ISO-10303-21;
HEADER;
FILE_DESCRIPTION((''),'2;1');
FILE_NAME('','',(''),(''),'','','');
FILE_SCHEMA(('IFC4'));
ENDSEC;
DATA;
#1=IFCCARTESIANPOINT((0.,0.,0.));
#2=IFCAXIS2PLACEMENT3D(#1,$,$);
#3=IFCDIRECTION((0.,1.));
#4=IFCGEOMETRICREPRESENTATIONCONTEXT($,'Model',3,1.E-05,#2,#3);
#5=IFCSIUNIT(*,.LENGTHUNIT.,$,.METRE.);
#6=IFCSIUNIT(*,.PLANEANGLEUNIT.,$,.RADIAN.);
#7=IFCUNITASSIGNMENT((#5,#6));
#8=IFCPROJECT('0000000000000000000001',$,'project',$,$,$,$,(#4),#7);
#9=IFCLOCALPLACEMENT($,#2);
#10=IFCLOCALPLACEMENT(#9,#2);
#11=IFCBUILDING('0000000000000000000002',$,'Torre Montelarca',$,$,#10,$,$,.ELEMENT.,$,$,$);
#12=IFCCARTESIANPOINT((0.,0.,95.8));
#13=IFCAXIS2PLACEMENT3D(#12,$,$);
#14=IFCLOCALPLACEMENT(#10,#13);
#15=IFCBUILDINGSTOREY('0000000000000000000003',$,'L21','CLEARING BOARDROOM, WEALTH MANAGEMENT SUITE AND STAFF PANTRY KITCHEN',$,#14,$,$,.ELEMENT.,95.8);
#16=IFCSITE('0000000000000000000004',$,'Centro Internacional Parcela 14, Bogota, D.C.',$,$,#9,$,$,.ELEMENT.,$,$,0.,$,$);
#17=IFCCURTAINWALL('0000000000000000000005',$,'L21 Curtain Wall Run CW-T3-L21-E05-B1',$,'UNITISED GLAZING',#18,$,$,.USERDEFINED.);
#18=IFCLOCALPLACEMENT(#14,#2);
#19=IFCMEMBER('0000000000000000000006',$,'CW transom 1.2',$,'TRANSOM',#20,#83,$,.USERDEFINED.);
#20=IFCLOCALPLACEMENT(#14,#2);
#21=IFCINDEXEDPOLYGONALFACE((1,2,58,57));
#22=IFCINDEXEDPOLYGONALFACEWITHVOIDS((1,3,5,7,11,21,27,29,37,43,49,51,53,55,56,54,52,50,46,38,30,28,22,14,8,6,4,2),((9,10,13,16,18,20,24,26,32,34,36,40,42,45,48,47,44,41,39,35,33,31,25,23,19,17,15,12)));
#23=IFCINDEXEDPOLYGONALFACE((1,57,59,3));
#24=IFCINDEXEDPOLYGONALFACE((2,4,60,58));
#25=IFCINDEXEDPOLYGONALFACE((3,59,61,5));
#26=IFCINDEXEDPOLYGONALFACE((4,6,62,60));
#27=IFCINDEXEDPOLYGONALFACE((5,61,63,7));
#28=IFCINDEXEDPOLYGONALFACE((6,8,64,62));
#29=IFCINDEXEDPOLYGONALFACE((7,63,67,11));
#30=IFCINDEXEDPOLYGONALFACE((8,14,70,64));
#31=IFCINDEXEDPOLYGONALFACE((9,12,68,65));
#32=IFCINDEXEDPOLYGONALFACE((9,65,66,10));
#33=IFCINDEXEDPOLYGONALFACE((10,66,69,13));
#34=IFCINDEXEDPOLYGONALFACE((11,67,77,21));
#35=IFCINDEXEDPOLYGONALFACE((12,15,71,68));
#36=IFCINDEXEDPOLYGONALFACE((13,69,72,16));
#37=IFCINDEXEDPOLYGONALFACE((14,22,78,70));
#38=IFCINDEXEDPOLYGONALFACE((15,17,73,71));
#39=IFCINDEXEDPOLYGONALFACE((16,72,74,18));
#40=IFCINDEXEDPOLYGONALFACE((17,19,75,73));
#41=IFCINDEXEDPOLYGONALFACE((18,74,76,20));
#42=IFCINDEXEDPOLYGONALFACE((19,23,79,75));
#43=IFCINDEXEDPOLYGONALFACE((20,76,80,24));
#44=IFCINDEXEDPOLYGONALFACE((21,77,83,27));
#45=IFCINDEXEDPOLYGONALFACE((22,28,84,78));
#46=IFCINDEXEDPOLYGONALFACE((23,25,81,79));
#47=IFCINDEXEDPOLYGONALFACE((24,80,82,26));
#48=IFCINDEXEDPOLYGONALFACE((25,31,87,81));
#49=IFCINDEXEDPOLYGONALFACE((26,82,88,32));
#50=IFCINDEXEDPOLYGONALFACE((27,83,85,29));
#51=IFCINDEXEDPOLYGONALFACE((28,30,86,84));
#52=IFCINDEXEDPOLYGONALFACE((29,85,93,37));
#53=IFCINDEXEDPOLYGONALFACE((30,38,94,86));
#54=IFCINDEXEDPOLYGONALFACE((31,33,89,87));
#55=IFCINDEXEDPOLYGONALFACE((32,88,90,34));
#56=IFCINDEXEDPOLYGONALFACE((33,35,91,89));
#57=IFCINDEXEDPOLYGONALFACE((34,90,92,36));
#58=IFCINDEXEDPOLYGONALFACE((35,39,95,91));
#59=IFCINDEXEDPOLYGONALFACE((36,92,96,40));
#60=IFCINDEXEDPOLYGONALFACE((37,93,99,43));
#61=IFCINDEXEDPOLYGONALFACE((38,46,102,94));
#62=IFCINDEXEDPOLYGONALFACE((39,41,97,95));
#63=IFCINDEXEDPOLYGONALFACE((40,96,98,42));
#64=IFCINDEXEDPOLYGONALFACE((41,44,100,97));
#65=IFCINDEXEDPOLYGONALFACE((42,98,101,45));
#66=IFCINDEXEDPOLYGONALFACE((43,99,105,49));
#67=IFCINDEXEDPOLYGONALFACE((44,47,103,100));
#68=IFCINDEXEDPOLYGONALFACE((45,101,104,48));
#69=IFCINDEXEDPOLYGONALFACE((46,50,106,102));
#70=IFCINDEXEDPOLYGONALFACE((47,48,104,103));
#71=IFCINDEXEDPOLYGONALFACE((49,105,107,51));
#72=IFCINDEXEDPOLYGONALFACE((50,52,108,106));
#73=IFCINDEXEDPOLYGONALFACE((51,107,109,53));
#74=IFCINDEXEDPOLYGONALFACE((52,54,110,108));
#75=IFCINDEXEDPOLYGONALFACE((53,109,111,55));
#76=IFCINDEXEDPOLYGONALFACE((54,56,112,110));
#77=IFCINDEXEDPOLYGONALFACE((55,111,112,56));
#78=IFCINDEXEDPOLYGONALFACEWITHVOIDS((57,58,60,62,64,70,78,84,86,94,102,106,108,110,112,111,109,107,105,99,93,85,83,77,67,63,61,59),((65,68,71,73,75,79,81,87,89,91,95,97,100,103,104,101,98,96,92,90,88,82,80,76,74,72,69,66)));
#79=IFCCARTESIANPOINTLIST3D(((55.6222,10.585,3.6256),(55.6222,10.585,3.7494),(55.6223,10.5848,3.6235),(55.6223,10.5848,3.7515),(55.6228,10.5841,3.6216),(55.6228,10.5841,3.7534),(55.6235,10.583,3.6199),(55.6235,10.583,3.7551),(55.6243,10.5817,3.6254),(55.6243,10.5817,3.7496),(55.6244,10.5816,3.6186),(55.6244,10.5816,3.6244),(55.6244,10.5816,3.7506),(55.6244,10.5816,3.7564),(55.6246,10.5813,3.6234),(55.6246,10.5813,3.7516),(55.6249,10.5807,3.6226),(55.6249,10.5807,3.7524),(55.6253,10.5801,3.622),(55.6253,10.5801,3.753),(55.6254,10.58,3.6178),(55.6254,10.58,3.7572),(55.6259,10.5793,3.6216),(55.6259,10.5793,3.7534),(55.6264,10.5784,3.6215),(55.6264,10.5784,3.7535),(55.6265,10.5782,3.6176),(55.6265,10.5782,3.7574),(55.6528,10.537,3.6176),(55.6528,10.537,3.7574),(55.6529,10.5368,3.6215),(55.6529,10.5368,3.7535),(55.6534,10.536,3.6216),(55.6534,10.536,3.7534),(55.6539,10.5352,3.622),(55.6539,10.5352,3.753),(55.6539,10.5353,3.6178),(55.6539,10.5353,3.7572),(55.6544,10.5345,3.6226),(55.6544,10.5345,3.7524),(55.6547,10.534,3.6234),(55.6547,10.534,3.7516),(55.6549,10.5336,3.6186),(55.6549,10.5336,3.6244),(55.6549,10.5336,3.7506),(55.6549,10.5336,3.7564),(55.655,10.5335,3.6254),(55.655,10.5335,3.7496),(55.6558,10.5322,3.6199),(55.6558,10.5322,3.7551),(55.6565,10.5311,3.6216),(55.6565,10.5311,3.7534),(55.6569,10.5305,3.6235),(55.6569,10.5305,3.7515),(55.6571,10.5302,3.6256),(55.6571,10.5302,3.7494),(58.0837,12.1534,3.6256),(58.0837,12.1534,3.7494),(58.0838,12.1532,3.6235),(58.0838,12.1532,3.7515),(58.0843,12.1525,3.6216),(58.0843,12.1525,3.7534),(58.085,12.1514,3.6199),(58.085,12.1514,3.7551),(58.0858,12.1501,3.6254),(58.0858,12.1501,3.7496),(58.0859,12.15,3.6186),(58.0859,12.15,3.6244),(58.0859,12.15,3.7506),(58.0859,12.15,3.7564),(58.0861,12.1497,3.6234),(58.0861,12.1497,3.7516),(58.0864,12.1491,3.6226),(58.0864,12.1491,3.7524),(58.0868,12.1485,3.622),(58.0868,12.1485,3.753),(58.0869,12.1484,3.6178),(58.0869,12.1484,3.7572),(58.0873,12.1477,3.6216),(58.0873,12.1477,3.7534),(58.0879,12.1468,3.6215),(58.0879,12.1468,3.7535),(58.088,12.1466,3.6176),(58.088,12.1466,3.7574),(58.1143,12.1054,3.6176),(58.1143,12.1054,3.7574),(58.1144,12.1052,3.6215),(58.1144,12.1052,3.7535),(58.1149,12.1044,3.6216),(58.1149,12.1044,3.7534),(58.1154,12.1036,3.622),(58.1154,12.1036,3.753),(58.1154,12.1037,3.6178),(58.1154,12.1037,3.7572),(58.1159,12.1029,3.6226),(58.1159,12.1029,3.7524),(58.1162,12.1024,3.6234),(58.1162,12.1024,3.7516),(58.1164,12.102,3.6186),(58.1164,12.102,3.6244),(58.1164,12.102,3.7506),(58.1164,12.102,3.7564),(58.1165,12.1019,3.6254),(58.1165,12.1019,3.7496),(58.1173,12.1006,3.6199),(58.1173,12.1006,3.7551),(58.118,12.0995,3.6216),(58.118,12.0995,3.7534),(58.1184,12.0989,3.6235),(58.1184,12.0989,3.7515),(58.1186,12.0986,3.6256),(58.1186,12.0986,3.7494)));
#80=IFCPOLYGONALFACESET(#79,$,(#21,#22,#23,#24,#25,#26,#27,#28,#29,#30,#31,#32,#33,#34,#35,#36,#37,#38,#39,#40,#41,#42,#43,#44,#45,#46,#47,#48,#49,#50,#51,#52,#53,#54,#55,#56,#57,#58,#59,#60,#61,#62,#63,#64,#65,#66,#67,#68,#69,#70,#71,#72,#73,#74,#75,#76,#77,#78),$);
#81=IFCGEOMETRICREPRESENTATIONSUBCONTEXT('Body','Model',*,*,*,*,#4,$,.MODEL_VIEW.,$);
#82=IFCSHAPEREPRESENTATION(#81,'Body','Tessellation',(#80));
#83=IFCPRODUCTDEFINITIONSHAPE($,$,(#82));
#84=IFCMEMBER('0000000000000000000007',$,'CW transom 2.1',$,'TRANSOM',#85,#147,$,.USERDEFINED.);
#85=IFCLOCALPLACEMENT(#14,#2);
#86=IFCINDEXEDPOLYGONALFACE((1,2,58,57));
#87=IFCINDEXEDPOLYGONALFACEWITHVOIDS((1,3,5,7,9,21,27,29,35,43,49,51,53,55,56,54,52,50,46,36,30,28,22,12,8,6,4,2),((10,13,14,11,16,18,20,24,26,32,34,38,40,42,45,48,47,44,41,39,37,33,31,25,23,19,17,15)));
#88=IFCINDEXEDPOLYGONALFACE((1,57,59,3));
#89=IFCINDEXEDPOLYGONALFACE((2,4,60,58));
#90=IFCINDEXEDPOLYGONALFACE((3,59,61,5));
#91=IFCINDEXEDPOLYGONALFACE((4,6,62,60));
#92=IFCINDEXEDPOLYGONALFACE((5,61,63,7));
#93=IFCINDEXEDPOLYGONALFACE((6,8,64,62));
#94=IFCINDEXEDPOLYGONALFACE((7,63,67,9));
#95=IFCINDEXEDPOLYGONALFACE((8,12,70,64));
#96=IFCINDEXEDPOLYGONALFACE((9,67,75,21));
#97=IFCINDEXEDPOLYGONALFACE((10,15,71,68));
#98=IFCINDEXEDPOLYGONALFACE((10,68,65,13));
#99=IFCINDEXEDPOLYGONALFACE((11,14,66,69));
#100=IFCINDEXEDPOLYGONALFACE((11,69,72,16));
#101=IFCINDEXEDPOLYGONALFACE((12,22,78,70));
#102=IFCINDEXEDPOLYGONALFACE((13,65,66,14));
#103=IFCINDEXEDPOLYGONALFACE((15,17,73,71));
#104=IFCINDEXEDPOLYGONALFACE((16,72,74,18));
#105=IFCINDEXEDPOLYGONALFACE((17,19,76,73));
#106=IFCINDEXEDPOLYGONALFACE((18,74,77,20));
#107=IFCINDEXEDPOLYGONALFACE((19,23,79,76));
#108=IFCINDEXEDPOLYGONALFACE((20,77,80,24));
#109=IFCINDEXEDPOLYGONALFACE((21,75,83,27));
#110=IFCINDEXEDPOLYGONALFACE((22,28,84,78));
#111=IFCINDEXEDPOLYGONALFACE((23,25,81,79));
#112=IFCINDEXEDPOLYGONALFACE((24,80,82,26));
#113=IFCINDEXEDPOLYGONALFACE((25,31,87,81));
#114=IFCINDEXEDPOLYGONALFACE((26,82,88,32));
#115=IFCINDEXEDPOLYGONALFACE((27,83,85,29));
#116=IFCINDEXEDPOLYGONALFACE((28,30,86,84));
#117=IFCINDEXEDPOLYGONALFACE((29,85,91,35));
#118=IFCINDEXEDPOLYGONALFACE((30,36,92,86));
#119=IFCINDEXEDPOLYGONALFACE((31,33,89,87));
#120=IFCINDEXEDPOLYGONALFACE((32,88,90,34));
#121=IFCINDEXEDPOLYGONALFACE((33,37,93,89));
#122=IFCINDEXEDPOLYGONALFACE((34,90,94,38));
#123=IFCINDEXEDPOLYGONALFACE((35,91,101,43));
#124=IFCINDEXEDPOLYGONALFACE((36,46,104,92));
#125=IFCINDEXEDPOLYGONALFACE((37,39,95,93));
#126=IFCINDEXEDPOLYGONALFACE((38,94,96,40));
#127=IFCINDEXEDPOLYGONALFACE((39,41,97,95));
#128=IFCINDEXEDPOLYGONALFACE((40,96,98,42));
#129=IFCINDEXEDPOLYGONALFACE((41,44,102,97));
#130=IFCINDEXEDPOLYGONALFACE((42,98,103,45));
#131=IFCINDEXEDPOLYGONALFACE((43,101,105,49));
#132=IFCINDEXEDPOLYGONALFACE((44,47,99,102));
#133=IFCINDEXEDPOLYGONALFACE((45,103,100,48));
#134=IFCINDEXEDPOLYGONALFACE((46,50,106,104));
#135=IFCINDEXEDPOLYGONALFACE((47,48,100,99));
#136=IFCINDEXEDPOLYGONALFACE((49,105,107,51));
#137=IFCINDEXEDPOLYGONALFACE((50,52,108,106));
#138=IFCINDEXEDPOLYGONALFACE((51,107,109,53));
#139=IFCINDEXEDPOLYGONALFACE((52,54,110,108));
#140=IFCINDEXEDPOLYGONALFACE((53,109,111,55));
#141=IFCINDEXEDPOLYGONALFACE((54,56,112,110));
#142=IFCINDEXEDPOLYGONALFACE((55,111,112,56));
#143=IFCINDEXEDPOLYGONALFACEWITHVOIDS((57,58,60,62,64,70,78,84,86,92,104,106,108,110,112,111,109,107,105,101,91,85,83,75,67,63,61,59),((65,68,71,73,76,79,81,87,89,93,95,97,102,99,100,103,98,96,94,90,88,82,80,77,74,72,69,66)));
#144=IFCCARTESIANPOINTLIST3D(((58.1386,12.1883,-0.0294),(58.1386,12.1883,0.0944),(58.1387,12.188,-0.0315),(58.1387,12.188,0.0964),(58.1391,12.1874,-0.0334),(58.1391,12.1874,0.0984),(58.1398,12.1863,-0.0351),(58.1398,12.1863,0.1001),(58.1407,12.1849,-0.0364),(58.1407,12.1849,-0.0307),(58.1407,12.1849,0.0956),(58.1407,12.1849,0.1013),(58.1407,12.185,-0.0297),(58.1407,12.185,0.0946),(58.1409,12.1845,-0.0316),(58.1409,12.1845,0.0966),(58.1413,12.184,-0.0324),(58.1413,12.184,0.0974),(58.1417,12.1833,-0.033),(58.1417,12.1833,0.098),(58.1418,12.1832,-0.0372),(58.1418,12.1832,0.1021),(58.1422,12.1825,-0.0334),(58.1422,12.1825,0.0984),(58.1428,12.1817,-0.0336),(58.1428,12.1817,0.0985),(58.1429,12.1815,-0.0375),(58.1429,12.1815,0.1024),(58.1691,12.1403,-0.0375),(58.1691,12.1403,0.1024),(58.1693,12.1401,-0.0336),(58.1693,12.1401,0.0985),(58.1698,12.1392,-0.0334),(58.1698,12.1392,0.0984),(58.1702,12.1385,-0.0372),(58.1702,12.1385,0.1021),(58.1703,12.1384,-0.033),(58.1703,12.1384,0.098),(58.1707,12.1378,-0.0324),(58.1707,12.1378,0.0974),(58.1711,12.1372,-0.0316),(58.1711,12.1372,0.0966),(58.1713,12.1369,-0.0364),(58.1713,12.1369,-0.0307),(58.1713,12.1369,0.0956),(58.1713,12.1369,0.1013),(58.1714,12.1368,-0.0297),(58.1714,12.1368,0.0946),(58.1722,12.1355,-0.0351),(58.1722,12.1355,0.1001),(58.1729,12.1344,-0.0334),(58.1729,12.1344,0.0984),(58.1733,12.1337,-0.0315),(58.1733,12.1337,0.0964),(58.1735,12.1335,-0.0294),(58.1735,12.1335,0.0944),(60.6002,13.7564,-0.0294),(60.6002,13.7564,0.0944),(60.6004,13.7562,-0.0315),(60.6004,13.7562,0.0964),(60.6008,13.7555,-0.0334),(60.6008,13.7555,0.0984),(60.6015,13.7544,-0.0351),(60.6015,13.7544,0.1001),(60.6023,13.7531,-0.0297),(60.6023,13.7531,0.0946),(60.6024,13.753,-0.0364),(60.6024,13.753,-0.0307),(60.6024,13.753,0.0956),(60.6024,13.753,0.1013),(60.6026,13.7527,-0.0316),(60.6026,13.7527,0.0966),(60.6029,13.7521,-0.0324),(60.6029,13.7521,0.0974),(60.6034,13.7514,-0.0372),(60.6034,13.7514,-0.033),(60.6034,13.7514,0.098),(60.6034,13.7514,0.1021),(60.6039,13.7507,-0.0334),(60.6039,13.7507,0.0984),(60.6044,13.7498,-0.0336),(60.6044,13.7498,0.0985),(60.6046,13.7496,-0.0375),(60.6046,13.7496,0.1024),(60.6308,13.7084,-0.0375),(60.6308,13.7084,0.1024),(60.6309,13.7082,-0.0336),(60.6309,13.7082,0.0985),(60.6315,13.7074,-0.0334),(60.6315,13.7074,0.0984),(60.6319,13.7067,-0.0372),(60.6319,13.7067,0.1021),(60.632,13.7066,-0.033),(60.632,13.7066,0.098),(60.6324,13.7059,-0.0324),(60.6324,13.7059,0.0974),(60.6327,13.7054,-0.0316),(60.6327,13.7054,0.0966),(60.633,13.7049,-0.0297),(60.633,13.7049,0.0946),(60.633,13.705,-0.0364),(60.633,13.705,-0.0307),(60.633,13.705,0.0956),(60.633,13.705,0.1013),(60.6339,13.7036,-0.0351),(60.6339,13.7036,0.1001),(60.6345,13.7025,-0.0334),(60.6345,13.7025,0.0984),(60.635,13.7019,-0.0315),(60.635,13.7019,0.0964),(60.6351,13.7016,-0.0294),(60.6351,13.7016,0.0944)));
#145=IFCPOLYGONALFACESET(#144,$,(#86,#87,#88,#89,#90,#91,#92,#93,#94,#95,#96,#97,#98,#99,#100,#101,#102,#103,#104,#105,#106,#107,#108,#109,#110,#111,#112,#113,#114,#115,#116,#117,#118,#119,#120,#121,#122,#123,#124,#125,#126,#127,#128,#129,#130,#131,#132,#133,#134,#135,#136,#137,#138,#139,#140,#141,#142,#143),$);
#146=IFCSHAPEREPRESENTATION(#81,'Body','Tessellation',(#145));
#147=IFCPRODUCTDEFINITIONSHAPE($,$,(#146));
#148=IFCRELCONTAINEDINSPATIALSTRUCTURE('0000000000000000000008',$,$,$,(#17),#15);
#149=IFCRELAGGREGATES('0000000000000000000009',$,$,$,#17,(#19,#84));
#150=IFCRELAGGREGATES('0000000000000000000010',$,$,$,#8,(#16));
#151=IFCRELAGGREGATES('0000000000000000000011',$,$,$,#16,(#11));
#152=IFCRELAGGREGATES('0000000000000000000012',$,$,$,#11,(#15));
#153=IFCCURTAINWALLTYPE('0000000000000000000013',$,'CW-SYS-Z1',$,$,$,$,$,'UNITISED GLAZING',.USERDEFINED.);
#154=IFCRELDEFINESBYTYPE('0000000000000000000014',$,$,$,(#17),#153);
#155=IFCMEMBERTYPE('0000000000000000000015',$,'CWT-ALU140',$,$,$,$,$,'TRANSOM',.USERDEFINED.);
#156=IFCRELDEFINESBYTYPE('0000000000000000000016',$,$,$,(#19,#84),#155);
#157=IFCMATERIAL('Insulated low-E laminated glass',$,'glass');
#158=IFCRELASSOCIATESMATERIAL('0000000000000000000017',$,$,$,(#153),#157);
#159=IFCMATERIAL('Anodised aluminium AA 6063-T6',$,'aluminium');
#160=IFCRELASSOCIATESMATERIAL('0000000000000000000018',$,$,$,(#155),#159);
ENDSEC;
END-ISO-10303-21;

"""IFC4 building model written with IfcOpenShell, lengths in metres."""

from ifc_helpers import new_model, si_unit, direction, frame, origin, origin_2d, place, context, subcontext, project, spatial, hollow_rectangle, extrude, source, transform, mapped, material, material_profile, profile_set, type_object, element, aggregate, save


model = new_model("IFC4")

# Units and contexts
model_context = context("Model", 3, precision=1e-05, world=origin(), true_north=direction((0.0, 1.0)))
body_context = subcontext(model_context, "Body", "Model", "MODEL_VIEW")
ifc_project = project(units=[si_unit("LENGTHUNIT", "METRE"), si_unit("PLANEANGLEUNIT", "RADIAN")], contexts=[model_context])

# Site, building, storey
site_placement = place(None, origin())
site = spatial("IfcSite", under=ifc_project, at=site_placement, Name="Centro Internacional Parcela 14, Bogota, D.C.", CompositionType="ELEMENT", RefElevation=0.0)
building_placement = place(site_placement, origin())
building = spatial("IfcBuilding", under=site, at=building_placement, Name="Torre Montelarca", CompositionType="ELEMENT")
storey_placement = place(building_placement, frame((0.0, 0.0, 95.8)))
storey = spatial("IfcBuildingStorey", under=building, at=storey_placement, Name="L21", Description="CLEARING BOARDROOM, WEALTH MANAGEMENT SUITE AND STAFF PANTRY KITCHEN", CompositionType="ELEMENT", Elevation=95.8)

# Curtain wall, members
ifc_material_1 = material(Name="Insulated low-E laminated glass", Category="glass")
curtain_wall_type = type_object("IfcCurtainWallType", Name="CW-SYS-Z1", ElementType="UNITISED GLAZING", PredefinedType="USERDEFINED", material=ifc_material_1)
ifc_material_2 = material(Name="Anodised aluminium AA 6063-T6", Category="aluminium")
ifc_material_profile_1 = material_profile(ifc_material_2, hollow_rectangle(XDim=0.0649, YDim=0.1399, WallThickness=0.0039, InnerFilletRadius=0.0039, OuterFilletRadius=0.0081, at=origin_2d()), Name="ALU65X140X4", Category="aluminium")
ifc_profile_set_1 = profile_set([ifc_material_profile_1], Name="Anodised aluminium AA 6063-T6")
member_type_1 = type_object("IfcMemberType", Name="CWT-ALU140", ElementType="TRANSOM", PredefinedType="USERDEFINED", material=ifc_profile_set_1)
curtain_wall_1_placement = place(storey_placement, origin())
curtain_wall_1 = element("IfcCurtainWall", 1, at=curtain_wall_1_placement, inside=storey, type_object=curtain_wall_type, Name="L21 Curtain Wall Run CW-T3-L21-E05-B1", ObjectType="UNITISED GLAZING", PredefinedType="USERDEFINED")
shared_shape_1 = source(origin(), body_context, "Body", "SweptSolid", [
    extrude(hollow_rectangle(XDim=0.0649, YDim=0.1399, WallThickness=0.0039, InnerFilletRadius=0.0039, OuterFilletRadius=0.0081, at=origin_2d()), origin(), (0.0, 0.0, 1.0), 2.9187),
])
member_1_placement = place(storey_placement, frame((55.6396, 10.5576, 3.6875), z_axis=(0.843351, 0.537363, 0.0), x_axis=(-0.537363, 0.843351, 0.0)))
member_1 = element("IfcMember", 2, at=member_1_placement, type_object=member_type_1, Name="CW transom 1.2", ObjectType="TRANSOM", PredefinedType="USERDEFINED", context=body_context, shape_type="MappedRepresentation", body=[
    mapped(shared_shape_1, transform((0.0, 0.0, 0.0), scale=1.0)),
])
member_2_placement = place(storey_placement, frame((58.156, 12.1609, 0.0325), z_axis=(0.843413, 0.537265, 0.0), x_axis=(-0.537265, 0.843413, 0.0)))
member_2 = element("IfcMember", 3, at=member_2_placement, type_object=member_type_1, Name="CW transom 2.1", ObjectType="TRANSOM", PredefinedType="USERDEFINED", context=body_context, shape_type="MappedRepresentation", body=[
    mapped(shared_shape_1, transform((0.0, 0.0, 0.0), scale=1.0)),
])

aggregate(curtain_wall_1, [member_1, member_2])

save(model, "model.ifc")
